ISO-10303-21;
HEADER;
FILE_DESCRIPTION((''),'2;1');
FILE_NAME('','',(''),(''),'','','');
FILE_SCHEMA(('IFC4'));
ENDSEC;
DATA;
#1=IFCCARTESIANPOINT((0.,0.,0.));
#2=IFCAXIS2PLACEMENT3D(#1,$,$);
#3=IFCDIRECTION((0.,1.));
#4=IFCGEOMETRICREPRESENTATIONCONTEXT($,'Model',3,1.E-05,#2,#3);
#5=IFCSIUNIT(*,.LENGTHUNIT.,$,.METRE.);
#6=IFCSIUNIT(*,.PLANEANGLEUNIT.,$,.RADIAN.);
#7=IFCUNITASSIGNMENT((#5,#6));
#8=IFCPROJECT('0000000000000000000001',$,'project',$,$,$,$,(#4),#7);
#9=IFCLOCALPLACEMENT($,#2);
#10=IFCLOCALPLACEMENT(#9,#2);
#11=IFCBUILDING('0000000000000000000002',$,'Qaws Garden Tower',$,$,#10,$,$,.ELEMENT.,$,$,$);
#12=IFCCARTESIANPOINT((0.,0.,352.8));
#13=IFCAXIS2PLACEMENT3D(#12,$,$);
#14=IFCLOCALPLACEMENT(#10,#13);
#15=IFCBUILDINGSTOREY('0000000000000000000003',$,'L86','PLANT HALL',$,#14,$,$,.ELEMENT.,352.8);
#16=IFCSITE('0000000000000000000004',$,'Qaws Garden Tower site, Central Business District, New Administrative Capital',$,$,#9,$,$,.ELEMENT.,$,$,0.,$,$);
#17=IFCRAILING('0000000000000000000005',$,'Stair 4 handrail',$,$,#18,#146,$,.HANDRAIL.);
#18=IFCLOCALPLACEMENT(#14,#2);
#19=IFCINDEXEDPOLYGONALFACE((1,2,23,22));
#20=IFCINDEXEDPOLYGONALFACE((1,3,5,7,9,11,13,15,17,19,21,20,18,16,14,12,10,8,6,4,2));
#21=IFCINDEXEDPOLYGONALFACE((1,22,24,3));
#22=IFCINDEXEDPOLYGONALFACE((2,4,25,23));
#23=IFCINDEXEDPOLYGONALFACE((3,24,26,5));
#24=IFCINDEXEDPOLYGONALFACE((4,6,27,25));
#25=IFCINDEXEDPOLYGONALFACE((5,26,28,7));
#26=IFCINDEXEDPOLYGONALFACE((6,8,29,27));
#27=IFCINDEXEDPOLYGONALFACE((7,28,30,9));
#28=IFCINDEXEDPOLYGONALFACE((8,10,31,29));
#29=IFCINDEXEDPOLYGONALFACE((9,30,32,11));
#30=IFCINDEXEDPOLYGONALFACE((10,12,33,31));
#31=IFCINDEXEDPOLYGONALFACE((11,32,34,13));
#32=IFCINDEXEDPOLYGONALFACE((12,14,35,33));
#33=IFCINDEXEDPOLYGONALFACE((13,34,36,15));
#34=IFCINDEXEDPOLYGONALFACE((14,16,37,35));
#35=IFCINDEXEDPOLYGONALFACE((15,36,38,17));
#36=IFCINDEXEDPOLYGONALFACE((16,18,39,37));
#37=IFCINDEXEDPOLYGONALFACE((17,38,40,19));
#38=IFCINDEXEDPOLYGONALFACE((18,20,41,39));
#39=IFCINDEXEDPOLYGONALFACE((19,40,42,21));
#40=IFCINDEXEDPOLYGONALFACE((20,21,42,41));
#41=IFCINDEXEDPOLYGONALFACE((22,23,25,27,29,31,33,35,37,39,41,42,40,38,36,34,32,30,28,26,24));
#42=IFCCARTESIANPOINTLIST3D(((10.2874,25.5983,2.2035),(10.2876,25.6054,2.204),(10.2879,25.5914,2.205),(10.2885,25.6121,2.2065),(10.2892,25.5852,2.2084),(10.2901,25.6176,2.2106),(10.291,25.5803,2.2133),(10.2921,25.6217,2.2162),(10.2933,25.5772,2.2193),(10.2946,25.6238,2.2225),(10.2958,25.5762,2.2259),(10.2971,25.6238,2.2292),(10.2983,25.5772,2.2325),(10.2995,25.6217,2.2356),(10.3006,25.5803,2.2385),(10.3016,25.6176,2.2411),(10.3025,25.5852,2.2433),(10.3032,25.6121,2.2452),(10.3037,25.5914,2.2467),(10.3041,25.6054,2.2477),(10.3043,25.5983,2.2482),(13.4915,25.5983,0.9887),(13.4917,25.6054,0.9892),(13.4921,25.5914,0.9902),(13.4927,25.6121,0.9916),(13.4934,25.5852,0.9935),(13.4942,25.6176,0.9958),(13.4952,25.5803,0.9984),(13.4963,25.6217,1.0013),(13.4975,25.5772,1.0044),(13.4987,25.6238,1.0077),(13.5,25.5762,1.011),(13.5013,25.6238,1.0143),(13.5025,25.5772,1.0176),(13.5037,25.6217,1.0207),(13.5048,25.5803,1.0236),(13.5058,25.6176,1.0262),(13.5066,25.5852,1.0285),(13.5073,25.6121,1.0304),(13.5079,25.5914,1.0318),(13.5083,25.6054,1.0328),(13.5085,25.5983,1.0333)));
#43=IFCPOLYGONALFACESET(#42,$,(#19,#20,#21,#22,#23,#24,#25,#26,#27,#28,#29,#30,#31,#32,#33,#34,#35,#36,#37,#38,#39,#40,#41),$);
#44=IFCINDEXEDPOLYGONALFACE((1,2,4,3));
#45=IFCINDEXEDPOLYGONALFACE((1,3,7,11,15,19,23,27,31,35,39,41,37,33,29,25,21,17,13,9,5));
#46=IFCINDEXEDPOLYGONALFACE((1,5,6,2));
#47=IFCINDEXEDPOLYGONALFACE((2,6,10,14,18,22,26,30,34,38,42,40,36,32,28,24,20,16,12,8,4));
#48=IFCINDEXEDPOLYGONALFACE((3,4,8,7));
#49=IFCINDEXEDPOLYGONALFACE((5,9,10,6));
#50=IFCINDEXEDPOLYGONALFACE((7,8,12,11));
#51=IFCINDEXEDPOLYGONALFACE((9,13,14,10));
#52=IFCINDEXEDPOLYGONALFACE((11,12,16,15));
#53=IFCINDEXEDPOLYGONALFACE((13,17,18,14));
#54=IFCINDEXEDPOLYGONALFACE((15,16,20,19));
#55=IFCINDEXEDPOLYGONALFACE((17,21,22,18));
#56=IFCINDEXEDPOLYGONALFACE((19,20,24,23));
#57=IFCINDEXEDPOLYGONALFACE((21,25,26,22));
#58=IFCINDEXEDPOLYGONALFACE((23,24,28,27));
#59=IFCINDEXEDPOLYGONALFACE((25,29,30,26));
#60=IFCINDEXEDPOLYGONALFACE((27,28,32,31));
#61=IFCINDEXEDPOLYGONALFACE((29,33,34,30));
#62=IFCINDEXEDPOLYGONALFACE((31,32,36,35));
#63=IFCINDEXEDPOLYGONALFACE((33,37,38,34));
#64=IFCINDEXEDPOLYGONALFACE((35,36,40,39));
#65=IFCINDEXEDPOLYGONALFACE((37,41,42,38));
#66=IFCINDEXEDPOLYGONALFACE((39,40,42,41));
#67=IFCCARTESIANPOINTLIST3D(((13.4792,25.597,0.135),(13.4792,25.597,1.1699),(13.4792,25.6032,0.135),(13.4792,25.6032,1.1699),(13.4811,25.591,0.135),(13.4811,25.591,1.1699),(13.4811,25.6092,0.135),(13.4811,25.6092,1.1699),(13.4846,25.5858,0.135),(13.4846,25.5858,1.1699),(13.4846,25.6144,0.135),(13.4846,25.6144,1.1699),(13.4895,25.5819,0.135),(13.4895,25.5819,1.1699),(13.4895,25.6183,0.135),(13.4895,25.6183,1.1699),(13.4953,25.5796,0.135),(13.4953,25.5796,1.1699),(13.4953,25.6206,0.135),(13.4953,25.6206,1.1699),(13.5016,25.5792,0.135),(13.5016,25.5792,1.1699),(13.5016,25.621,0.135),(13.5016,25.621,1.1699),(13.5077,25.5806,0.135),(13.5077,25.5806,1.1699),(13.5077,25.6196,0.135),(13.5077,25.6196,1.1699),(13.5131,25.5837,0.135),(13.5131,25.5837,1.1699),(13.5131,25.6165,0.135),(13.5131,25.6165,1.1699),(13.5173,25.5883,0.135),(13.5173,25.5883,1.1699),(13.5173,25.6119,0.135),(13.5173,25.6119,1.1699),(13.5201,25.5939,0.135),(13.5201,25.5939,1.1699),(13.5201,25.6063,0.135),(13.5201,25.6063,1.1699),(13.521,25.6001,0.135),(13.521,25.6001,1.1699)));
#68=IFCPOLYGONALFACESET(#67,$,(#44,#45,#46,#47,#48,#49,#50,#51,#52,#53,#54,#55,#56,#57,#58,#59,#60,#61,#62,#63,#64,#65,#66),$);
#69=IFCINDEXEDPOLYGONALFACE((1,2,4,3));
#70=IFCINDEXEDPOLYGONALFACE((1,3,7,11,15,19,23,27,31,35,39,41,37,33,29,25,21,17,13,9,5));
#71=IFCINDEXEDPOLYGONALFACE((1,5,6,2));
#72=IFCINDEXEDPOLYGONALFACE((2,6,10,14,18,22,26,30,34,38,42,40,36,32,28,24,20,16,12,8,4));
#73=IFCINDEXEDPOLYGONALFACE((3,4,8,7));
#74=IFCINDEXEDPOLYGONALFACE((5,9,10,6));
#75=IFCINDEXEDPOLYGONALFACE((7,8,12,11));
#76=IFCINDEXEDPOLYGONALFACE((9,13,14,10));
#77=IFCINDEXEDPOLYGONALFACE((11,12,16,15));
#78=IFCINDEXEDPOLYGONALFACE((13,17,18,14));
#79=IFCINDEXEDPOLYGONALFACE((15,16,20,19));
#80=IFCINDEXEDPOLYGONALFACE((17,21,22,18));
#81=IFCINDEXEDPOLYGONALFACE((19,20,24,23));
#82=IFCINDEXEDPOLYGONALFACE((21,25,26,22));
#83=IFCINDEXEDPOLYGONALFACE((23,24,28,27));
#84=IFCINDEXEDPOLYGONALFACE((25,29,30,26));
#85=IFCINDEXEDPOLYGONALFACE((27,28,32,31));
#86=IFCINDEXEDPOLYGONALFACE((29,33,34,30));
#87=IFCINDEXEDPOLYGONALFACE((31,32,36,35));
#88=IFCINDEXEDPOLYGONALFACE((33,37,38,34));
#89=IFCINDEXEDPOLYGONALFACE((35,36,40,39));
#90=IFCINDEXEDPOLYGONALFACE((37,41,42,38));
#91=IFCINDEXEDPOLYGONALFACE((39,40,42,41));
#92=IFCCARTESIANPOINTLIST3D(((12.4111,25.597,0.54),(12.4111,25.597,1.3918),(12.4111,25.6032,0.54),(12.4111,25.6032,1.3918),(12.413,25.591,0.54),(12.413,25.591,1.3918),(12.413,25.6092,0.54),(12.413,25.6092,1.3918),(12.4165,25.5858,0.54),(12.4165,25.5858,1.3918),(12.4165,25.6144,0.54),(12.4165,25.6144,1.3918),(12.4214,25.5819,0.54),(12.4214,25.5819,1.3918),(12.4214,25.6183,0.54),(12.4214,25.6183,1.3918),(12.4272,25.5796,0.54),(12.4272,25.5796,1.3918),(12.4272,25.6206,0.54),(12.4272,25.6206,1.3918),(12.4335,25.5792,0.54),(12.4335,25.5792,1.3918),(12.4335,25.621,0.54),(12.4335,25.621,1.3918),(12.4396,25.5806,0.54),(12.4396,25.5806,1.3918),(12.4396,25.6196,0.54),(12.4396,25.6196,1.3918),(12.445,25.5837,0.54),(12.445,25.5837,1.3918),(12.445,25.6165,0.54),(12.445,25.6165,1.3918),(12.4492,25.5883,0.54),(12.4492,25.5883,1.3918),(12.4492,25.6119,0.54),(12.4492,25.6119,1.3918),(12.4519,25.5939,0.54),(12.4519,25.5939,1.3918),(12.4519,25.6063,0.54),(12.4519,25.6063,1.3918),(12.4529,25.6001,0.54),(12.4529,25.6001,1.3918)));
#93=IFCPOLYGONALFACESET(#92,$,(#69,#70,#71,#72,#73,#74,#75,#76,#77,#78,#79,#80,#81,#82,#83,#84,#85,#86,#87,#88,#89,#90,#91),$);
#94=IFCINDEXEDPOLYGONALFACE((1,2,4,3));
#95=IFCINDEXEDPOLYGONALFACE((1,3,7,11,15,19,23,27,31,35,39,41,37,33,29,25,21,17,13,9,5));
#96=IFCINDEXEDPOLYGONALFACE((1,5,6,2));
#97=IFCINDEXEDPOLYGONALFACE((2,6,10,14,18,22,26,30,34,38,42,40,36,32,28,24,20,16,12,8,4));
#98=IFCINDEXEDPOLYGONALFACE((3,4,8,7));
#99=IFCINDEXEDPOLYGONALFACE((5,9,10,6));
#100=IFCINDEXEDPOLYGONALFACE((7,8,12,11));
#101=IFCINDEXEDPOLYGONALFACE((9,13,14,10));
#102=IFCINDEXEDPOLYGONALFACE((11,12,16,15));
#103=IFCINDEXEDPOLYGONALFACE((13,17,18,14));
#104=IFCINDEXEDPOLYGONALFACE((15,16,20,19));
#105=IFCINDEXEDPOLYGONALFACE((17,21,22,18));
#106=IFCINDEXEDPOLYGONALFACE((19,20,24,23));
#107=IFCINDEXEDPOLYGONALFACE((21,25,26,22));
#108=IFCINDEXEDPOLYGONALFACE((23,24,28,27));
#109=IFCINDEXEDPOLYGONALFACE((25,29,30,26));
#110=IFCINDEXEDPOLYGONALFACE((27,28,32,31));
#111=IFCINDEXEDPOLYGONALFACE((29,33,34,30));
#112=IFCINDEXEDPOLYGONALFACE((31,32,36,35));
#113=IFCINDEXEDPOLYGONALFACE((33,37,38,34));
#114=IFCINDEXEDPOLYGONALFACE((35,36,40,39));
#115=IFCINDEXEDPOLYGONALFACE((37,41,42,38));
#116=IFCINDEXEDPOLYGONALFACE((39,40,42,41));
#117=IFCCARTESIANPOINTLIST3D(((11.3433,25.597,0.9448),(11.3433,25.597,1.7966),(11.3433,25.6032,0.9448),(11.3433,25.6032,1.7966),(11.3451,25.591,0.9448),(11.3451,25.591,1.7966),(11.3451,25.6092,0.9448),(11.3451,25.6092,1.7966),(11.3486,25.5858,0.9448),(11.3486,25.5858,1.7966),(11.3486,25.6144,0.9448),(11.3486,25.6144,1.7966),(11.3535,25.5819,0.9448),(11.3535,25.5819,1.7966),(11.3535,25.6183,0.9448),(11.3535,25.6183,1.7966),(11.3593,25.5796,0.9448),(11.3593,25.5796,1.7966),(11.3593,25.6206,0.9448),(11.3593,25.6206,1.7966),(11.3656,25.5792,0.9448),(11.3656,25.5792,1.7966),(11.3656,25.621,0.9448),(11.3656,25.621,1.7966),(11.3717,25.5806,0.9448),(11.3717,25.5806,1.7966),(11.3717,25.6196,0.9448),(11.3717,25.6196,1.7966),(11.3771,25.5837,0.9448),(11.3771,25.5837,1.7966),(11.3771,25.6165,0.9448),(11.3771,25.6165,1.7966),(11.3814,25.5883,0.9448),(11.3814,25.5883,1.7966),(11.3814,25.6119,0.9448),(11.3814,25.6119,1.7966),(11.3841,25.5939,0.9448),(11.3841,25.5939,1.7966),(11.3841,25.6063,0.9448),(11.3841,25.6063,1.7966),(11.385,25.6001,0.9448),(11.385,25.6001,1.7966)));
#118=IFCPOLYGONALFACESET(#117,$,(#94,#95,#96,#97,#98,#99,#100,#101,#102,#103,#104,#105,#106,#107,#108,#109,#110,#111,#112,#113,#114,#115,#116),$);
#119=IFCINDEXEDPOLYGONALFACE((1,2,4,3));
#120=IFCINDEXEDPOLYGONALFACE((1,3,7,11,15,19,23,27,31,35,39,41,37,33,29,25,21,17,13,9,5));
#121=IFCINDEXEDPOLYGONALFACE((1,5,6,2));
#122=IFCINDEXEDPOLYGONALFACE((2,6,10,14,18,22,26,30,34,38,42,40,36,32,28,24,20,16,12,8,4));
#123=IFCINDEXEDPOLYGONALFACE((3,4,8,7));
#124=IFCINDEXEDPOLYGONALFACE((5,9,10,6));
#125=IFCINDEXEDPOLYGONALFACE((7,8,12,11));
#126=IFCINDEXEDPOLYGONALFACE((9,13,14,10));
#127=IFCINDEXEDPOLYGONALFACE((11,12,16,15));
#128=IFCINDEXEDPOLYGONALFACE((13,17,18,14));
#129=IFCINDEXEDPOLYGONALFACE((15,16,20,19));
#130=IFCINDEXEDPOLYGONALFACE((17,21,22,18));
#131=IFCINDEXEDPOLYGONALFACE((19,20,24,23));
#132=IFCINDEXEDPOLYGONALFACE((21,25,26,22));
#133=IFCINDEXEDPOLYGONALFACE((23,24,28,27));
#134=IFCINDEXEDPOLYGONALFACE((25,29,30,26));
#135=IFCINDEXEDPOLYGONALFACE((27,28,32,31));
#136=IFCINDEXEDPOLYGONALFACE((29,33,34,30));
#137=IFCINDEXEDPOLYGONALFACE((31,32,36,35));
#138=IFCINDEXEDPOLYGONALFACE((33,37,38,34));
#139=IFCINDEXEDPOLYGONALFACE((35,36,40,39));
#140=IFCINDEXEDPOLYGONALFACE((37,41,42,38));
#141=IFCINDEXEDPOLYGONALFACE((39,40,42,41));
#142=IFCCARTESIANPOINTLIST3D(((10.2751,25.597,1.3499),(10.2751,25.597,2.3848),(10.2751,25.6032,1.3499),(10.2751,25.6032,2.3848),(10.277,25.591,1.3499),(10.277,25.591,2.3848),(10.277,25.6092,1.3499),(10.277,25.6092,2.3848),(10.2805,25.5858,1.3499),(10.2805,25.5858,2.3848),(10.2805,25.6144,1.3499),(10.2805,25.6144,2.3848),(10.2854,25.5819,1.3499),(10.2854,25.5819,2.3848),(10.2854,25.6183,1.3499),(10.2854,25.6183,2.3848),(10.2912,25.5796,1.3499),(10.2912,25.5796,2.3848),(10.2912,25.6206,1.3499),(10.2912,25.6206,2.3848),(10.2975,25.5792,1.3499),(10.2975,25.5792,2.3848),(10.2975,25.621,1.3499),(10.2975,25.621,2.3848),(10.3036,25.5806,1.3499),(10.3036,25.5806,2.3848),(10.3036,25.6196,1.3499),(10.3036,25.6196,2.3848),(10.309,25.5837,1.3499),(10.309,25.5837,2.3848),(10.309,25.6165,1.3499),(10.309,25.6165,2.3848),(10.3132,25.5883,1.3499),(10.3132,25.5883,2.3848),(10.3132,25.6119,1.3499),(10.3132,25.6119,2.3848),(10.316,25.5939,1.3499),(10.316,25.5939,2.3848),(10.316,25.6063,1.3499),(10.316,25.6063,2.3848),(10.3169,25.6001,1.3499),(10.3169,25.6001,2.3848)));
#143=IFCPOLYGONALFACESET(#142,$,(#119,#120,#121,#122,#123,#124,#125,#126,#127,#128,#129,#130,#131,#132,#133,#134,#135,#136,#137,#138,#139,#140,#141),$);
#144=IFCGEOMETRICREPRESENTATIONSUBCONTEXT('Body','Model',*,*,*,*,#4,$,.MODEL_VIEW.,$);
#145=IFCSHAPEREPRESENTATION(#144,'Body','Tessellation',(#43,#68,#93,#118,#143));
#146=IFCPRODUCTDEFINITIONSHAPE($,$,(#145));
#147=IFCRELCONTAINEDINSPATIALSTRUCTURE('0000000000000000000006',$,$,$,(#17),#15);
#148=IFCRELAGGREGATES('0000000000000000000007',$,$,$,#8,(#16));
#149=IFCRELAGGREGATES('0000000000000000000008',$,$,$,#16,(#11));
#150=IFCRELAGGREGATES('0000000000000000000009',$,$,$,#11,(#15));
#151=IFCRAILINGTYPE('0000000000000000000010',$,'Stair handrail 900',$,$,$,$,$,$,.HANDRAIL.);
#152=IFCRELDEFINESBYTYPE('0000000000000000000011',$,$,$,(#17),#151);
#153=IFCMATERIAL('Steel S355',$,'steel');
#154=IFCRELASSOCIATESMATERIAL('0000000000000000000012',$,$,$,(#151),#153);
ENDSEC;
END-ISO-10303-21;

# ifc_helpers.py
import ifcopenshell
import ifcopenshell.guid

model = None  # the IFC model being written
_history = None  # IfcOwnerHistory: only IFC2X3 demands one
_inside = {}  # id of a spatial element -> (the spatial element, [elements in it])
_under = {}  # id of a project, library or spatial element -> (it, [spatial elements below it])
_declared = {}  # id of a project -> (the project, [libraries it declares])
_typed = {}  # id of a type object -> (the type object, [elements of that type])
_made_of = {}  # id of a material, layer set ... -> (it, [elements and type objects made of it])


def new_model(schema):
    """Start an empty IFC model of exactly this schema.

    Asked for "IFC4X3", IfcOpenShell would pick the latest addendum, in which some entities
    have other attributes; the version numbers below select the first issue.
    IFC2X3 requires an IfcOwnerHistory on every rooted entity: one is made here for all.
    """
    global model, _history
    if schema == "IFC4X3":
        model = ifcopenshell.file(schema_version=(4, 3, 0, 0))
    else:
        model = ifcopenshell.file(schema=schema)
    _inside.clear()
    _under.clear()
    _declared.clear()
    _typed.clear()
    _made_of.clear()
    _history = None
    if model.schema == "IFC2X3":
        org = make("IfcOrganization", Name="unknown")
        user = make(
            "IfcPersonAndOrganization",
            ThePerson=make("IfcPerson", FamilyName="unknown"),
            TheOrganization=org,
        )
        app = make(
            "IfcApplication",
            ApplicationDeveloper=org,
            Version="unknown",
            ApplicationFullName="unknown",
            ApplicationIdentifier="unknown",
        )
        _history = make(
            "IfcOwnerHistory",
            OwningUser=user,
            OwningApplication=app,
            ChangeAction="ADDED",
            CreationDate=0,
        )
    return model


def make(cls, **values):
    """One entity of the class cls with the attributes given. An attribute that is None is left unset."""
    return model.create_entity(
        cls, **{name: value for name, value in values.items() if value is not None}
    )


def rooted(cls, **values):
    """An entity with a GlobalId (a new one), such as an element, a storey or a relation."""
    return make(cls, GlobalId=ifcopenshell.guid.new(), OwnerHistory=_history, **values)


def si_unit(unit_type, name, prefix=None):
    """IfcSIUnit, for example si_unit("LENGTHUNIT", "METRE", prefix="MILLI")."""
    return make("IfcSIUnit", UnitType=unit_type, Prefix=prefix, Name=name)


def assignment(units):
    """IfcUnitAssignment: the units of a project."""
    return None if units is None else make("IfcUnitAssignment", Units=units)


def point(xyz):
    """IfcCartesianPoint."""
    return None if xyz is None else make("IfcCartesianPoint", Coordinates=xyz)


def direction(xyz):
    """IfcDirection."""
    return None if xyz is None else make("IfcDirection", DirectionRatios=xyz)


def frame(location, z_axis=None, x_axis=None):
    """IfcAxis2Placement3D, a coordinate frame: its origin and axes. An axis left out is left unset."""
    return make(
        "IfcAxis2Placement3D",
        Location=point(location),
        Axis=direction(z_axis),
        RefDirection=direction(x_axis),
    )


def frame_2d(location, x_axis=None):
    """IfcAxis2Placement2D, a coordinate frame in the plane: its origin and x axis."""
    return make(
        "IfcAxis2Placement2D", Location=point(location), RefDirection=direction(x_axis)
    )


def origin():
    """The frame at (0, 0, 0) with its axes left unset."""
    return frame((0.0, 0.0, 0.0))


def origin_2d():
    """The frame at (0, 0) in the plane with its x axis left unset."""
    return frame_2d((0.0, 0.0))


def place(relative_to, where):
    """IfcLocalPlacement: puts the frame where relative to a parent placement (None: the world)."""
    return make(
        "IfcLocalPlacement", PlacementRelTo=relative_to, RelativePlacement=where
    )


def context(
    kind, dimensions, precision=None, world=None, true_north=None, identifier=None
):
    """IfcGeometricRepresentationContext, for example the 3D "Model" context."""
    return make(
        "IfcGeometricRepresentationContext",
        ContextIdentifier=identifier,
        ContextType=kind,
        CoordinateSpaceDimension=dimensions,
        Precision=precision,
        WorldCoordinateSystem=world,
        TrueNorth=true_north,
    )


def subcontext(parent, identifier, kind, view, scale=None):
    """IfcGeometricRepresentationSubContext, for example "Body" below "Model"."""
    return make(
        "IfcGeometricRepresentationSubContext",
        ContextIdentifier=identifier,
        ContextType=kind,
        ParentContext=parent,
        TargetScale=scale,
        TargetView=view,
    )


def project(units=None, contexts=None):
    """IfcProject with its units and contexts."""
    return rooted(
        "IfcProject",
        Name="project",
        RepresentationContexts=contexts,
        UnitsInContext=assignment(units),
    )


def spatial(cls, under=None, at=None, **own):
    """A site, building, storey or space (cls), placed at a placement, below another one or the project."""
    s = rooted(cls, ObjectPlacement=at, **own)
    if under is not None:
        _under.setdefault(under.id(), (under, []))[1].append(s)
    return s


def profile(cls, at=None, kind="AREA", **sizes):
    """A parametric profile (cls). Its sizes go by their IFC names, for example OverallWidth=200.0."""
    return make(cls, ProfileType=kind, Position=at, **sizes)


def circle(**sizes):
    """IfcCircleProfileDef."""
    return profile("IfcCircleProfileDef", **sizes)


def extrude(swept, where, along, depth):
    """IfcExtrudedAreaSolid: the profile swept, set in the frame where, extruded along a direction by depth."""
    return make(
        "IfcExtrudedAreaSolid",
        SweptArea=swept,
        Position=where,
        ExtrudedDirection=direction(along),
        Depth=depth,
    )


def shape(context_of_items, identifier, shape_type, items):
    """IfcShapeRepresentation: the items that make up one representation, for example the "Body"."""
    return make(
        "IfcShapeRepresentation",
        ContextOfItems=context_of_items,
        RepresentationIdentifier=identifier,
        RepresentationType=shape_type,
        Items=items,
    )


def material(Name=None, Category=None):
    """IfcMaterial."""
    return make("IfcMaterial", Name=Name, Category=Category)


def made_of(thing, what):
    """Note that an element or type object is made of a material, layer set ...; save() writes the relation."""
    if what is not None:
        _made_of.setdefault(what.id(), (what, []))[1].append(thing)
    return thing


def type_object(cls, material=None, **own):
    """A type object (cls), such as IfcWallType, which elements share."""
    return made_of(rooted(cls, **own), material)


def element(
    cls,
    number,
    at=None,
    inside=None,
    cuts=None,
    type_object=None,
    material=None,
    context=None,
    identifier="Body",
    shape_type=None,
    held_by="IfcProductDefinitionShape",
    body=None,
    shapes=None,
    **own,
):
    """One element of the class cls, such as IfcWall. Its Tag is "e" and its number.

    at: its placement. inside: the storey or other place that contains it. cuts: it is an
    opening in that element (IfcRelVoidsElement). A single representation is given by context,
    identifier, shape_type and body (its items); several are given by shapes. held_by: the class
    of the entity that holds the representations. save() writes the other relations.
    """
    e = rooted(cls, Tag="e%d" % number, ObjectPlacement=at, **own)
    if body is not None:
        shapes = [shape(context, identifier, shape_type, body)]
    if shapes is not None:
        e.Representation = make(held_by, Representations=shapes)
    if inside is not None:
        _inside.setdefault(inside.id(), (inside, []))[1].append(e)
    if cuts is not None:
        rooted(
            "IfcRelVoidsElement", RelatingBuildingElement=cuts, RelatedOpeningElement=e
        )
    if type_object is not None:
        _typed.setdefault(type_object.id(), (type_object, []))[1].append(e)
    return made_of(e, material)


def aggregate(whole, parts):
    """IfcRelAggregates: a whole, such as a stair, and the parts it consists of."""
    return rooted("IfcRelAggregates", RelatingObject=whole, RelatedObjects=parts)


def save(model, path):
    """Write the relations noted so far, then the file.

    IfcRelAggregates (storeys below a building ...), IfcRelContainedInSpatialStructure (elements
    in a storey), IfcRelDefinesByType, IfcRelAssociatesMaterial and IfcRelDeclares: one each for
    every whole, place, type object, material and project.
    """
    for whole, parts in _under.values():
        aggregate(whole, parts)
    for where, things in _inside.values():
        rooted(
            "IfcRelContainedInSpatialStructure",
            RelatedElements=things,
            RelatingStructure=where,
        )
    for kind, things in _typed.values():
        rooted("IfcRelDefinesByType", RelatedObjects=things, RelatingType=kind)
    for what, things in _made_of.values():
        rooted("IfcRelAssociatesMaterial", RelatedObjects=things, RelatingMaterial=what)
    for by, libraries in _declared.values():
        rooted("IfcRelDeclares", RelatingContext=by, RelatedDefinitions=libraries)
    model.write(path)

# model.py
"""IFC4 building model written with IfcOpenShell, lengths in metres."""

from ifc_helpers import new_model, si_unit, direction, frame, origin, origin_2d, place, context, subcontext, project, spatial, circle, extrude, material, type_object, element, save


model = new_model("IFC4")

# Units and contexts
model_context = context("Model", 3, precision=1e-05, world=origin(), true_north=direction((0.0, 1.0)))
body_context = subcontext(model_context, "Body", "Model", "MODEL_VIEW")
ifc_project = project(units=[si_unit("LENGTHUNIT", "METRE"), si_unit("PLANEANGLEUNIT", "RADIAN")], contexts=[model_context])

# Site, building, storey
site_placement = place(None, origin())
site = spatial("IfcSite", under=ifc_project, at=site_placement, Name="Qaws Garden Tower site, Central Business District, New Administrative Capital", CompositionType="ELEMENT", RefElevation=0.0)
building_placement = place(site_placement, origin())
building = spatial("IfcBuilding", under=site, at=building_placement, Name="Qaws Garden Tower", CompositionType="ELEMENT")
storey_placement = place(building_placement, frame((0.0, 0.0, 352.8)))
storey = spatial("IfcBuildingStorey", under=building, at=storey_placement, Name="L86", Description="PLANT HALL", CompositionType="ELEMENT", Elevation=352.8)

# Railing
ifc_material_1 = material(Name="Steel S355", Category="steel")
railing_type = type_object("IfcRailingType", Name="Stair handrail 900", PredefinedType="HANDRAIL", material=ifc_material_1)
railing_1_placement = place(storey_placement, frame((13.5, 25.6001, 0.135)))
element("IfcRailing", 1, at=railing_1_placement, inside=storey, type_object=railing_type, Name="Stair 4 handrail", PredefinedType="HANDRAIL", context=body_context, shape_type="SweptSolid", body=[
    extrude(circle(Radius=0.0239, at=origin_2d()), frame((0.0, 0.0, 0.876), z_axis=(-0.935046, 0.0, 0.354525), x_axis=(0.0, -1.0, 0.0)), (0.0, 0.0, 1.0), 3.4268),
    extrude(circle(Radius=0.021, at=origin_2d()), origin(), (0.0, 0.0, 1.0), 1.0349),
    extrude(circle(Radius=0.021, at=origin_2d()), frame((-1.0681, 0.0, 0.405)), (0.0, 0.0, 1.0), 0.8518),
    extrude(circle(Radius=0.021, at=origin_2d()), frame((-2.136, 0.0, 0.8098)), (0.0, 0.0, 1.0), 0.8518),
    extrude(circle(Radius=0.021, at=origin_2d()), frame((-3.2041, 0.0, 1.2148)), (0.0, 0.0, 1.0), 1.0349),
])

save(model, "model.ifc")
